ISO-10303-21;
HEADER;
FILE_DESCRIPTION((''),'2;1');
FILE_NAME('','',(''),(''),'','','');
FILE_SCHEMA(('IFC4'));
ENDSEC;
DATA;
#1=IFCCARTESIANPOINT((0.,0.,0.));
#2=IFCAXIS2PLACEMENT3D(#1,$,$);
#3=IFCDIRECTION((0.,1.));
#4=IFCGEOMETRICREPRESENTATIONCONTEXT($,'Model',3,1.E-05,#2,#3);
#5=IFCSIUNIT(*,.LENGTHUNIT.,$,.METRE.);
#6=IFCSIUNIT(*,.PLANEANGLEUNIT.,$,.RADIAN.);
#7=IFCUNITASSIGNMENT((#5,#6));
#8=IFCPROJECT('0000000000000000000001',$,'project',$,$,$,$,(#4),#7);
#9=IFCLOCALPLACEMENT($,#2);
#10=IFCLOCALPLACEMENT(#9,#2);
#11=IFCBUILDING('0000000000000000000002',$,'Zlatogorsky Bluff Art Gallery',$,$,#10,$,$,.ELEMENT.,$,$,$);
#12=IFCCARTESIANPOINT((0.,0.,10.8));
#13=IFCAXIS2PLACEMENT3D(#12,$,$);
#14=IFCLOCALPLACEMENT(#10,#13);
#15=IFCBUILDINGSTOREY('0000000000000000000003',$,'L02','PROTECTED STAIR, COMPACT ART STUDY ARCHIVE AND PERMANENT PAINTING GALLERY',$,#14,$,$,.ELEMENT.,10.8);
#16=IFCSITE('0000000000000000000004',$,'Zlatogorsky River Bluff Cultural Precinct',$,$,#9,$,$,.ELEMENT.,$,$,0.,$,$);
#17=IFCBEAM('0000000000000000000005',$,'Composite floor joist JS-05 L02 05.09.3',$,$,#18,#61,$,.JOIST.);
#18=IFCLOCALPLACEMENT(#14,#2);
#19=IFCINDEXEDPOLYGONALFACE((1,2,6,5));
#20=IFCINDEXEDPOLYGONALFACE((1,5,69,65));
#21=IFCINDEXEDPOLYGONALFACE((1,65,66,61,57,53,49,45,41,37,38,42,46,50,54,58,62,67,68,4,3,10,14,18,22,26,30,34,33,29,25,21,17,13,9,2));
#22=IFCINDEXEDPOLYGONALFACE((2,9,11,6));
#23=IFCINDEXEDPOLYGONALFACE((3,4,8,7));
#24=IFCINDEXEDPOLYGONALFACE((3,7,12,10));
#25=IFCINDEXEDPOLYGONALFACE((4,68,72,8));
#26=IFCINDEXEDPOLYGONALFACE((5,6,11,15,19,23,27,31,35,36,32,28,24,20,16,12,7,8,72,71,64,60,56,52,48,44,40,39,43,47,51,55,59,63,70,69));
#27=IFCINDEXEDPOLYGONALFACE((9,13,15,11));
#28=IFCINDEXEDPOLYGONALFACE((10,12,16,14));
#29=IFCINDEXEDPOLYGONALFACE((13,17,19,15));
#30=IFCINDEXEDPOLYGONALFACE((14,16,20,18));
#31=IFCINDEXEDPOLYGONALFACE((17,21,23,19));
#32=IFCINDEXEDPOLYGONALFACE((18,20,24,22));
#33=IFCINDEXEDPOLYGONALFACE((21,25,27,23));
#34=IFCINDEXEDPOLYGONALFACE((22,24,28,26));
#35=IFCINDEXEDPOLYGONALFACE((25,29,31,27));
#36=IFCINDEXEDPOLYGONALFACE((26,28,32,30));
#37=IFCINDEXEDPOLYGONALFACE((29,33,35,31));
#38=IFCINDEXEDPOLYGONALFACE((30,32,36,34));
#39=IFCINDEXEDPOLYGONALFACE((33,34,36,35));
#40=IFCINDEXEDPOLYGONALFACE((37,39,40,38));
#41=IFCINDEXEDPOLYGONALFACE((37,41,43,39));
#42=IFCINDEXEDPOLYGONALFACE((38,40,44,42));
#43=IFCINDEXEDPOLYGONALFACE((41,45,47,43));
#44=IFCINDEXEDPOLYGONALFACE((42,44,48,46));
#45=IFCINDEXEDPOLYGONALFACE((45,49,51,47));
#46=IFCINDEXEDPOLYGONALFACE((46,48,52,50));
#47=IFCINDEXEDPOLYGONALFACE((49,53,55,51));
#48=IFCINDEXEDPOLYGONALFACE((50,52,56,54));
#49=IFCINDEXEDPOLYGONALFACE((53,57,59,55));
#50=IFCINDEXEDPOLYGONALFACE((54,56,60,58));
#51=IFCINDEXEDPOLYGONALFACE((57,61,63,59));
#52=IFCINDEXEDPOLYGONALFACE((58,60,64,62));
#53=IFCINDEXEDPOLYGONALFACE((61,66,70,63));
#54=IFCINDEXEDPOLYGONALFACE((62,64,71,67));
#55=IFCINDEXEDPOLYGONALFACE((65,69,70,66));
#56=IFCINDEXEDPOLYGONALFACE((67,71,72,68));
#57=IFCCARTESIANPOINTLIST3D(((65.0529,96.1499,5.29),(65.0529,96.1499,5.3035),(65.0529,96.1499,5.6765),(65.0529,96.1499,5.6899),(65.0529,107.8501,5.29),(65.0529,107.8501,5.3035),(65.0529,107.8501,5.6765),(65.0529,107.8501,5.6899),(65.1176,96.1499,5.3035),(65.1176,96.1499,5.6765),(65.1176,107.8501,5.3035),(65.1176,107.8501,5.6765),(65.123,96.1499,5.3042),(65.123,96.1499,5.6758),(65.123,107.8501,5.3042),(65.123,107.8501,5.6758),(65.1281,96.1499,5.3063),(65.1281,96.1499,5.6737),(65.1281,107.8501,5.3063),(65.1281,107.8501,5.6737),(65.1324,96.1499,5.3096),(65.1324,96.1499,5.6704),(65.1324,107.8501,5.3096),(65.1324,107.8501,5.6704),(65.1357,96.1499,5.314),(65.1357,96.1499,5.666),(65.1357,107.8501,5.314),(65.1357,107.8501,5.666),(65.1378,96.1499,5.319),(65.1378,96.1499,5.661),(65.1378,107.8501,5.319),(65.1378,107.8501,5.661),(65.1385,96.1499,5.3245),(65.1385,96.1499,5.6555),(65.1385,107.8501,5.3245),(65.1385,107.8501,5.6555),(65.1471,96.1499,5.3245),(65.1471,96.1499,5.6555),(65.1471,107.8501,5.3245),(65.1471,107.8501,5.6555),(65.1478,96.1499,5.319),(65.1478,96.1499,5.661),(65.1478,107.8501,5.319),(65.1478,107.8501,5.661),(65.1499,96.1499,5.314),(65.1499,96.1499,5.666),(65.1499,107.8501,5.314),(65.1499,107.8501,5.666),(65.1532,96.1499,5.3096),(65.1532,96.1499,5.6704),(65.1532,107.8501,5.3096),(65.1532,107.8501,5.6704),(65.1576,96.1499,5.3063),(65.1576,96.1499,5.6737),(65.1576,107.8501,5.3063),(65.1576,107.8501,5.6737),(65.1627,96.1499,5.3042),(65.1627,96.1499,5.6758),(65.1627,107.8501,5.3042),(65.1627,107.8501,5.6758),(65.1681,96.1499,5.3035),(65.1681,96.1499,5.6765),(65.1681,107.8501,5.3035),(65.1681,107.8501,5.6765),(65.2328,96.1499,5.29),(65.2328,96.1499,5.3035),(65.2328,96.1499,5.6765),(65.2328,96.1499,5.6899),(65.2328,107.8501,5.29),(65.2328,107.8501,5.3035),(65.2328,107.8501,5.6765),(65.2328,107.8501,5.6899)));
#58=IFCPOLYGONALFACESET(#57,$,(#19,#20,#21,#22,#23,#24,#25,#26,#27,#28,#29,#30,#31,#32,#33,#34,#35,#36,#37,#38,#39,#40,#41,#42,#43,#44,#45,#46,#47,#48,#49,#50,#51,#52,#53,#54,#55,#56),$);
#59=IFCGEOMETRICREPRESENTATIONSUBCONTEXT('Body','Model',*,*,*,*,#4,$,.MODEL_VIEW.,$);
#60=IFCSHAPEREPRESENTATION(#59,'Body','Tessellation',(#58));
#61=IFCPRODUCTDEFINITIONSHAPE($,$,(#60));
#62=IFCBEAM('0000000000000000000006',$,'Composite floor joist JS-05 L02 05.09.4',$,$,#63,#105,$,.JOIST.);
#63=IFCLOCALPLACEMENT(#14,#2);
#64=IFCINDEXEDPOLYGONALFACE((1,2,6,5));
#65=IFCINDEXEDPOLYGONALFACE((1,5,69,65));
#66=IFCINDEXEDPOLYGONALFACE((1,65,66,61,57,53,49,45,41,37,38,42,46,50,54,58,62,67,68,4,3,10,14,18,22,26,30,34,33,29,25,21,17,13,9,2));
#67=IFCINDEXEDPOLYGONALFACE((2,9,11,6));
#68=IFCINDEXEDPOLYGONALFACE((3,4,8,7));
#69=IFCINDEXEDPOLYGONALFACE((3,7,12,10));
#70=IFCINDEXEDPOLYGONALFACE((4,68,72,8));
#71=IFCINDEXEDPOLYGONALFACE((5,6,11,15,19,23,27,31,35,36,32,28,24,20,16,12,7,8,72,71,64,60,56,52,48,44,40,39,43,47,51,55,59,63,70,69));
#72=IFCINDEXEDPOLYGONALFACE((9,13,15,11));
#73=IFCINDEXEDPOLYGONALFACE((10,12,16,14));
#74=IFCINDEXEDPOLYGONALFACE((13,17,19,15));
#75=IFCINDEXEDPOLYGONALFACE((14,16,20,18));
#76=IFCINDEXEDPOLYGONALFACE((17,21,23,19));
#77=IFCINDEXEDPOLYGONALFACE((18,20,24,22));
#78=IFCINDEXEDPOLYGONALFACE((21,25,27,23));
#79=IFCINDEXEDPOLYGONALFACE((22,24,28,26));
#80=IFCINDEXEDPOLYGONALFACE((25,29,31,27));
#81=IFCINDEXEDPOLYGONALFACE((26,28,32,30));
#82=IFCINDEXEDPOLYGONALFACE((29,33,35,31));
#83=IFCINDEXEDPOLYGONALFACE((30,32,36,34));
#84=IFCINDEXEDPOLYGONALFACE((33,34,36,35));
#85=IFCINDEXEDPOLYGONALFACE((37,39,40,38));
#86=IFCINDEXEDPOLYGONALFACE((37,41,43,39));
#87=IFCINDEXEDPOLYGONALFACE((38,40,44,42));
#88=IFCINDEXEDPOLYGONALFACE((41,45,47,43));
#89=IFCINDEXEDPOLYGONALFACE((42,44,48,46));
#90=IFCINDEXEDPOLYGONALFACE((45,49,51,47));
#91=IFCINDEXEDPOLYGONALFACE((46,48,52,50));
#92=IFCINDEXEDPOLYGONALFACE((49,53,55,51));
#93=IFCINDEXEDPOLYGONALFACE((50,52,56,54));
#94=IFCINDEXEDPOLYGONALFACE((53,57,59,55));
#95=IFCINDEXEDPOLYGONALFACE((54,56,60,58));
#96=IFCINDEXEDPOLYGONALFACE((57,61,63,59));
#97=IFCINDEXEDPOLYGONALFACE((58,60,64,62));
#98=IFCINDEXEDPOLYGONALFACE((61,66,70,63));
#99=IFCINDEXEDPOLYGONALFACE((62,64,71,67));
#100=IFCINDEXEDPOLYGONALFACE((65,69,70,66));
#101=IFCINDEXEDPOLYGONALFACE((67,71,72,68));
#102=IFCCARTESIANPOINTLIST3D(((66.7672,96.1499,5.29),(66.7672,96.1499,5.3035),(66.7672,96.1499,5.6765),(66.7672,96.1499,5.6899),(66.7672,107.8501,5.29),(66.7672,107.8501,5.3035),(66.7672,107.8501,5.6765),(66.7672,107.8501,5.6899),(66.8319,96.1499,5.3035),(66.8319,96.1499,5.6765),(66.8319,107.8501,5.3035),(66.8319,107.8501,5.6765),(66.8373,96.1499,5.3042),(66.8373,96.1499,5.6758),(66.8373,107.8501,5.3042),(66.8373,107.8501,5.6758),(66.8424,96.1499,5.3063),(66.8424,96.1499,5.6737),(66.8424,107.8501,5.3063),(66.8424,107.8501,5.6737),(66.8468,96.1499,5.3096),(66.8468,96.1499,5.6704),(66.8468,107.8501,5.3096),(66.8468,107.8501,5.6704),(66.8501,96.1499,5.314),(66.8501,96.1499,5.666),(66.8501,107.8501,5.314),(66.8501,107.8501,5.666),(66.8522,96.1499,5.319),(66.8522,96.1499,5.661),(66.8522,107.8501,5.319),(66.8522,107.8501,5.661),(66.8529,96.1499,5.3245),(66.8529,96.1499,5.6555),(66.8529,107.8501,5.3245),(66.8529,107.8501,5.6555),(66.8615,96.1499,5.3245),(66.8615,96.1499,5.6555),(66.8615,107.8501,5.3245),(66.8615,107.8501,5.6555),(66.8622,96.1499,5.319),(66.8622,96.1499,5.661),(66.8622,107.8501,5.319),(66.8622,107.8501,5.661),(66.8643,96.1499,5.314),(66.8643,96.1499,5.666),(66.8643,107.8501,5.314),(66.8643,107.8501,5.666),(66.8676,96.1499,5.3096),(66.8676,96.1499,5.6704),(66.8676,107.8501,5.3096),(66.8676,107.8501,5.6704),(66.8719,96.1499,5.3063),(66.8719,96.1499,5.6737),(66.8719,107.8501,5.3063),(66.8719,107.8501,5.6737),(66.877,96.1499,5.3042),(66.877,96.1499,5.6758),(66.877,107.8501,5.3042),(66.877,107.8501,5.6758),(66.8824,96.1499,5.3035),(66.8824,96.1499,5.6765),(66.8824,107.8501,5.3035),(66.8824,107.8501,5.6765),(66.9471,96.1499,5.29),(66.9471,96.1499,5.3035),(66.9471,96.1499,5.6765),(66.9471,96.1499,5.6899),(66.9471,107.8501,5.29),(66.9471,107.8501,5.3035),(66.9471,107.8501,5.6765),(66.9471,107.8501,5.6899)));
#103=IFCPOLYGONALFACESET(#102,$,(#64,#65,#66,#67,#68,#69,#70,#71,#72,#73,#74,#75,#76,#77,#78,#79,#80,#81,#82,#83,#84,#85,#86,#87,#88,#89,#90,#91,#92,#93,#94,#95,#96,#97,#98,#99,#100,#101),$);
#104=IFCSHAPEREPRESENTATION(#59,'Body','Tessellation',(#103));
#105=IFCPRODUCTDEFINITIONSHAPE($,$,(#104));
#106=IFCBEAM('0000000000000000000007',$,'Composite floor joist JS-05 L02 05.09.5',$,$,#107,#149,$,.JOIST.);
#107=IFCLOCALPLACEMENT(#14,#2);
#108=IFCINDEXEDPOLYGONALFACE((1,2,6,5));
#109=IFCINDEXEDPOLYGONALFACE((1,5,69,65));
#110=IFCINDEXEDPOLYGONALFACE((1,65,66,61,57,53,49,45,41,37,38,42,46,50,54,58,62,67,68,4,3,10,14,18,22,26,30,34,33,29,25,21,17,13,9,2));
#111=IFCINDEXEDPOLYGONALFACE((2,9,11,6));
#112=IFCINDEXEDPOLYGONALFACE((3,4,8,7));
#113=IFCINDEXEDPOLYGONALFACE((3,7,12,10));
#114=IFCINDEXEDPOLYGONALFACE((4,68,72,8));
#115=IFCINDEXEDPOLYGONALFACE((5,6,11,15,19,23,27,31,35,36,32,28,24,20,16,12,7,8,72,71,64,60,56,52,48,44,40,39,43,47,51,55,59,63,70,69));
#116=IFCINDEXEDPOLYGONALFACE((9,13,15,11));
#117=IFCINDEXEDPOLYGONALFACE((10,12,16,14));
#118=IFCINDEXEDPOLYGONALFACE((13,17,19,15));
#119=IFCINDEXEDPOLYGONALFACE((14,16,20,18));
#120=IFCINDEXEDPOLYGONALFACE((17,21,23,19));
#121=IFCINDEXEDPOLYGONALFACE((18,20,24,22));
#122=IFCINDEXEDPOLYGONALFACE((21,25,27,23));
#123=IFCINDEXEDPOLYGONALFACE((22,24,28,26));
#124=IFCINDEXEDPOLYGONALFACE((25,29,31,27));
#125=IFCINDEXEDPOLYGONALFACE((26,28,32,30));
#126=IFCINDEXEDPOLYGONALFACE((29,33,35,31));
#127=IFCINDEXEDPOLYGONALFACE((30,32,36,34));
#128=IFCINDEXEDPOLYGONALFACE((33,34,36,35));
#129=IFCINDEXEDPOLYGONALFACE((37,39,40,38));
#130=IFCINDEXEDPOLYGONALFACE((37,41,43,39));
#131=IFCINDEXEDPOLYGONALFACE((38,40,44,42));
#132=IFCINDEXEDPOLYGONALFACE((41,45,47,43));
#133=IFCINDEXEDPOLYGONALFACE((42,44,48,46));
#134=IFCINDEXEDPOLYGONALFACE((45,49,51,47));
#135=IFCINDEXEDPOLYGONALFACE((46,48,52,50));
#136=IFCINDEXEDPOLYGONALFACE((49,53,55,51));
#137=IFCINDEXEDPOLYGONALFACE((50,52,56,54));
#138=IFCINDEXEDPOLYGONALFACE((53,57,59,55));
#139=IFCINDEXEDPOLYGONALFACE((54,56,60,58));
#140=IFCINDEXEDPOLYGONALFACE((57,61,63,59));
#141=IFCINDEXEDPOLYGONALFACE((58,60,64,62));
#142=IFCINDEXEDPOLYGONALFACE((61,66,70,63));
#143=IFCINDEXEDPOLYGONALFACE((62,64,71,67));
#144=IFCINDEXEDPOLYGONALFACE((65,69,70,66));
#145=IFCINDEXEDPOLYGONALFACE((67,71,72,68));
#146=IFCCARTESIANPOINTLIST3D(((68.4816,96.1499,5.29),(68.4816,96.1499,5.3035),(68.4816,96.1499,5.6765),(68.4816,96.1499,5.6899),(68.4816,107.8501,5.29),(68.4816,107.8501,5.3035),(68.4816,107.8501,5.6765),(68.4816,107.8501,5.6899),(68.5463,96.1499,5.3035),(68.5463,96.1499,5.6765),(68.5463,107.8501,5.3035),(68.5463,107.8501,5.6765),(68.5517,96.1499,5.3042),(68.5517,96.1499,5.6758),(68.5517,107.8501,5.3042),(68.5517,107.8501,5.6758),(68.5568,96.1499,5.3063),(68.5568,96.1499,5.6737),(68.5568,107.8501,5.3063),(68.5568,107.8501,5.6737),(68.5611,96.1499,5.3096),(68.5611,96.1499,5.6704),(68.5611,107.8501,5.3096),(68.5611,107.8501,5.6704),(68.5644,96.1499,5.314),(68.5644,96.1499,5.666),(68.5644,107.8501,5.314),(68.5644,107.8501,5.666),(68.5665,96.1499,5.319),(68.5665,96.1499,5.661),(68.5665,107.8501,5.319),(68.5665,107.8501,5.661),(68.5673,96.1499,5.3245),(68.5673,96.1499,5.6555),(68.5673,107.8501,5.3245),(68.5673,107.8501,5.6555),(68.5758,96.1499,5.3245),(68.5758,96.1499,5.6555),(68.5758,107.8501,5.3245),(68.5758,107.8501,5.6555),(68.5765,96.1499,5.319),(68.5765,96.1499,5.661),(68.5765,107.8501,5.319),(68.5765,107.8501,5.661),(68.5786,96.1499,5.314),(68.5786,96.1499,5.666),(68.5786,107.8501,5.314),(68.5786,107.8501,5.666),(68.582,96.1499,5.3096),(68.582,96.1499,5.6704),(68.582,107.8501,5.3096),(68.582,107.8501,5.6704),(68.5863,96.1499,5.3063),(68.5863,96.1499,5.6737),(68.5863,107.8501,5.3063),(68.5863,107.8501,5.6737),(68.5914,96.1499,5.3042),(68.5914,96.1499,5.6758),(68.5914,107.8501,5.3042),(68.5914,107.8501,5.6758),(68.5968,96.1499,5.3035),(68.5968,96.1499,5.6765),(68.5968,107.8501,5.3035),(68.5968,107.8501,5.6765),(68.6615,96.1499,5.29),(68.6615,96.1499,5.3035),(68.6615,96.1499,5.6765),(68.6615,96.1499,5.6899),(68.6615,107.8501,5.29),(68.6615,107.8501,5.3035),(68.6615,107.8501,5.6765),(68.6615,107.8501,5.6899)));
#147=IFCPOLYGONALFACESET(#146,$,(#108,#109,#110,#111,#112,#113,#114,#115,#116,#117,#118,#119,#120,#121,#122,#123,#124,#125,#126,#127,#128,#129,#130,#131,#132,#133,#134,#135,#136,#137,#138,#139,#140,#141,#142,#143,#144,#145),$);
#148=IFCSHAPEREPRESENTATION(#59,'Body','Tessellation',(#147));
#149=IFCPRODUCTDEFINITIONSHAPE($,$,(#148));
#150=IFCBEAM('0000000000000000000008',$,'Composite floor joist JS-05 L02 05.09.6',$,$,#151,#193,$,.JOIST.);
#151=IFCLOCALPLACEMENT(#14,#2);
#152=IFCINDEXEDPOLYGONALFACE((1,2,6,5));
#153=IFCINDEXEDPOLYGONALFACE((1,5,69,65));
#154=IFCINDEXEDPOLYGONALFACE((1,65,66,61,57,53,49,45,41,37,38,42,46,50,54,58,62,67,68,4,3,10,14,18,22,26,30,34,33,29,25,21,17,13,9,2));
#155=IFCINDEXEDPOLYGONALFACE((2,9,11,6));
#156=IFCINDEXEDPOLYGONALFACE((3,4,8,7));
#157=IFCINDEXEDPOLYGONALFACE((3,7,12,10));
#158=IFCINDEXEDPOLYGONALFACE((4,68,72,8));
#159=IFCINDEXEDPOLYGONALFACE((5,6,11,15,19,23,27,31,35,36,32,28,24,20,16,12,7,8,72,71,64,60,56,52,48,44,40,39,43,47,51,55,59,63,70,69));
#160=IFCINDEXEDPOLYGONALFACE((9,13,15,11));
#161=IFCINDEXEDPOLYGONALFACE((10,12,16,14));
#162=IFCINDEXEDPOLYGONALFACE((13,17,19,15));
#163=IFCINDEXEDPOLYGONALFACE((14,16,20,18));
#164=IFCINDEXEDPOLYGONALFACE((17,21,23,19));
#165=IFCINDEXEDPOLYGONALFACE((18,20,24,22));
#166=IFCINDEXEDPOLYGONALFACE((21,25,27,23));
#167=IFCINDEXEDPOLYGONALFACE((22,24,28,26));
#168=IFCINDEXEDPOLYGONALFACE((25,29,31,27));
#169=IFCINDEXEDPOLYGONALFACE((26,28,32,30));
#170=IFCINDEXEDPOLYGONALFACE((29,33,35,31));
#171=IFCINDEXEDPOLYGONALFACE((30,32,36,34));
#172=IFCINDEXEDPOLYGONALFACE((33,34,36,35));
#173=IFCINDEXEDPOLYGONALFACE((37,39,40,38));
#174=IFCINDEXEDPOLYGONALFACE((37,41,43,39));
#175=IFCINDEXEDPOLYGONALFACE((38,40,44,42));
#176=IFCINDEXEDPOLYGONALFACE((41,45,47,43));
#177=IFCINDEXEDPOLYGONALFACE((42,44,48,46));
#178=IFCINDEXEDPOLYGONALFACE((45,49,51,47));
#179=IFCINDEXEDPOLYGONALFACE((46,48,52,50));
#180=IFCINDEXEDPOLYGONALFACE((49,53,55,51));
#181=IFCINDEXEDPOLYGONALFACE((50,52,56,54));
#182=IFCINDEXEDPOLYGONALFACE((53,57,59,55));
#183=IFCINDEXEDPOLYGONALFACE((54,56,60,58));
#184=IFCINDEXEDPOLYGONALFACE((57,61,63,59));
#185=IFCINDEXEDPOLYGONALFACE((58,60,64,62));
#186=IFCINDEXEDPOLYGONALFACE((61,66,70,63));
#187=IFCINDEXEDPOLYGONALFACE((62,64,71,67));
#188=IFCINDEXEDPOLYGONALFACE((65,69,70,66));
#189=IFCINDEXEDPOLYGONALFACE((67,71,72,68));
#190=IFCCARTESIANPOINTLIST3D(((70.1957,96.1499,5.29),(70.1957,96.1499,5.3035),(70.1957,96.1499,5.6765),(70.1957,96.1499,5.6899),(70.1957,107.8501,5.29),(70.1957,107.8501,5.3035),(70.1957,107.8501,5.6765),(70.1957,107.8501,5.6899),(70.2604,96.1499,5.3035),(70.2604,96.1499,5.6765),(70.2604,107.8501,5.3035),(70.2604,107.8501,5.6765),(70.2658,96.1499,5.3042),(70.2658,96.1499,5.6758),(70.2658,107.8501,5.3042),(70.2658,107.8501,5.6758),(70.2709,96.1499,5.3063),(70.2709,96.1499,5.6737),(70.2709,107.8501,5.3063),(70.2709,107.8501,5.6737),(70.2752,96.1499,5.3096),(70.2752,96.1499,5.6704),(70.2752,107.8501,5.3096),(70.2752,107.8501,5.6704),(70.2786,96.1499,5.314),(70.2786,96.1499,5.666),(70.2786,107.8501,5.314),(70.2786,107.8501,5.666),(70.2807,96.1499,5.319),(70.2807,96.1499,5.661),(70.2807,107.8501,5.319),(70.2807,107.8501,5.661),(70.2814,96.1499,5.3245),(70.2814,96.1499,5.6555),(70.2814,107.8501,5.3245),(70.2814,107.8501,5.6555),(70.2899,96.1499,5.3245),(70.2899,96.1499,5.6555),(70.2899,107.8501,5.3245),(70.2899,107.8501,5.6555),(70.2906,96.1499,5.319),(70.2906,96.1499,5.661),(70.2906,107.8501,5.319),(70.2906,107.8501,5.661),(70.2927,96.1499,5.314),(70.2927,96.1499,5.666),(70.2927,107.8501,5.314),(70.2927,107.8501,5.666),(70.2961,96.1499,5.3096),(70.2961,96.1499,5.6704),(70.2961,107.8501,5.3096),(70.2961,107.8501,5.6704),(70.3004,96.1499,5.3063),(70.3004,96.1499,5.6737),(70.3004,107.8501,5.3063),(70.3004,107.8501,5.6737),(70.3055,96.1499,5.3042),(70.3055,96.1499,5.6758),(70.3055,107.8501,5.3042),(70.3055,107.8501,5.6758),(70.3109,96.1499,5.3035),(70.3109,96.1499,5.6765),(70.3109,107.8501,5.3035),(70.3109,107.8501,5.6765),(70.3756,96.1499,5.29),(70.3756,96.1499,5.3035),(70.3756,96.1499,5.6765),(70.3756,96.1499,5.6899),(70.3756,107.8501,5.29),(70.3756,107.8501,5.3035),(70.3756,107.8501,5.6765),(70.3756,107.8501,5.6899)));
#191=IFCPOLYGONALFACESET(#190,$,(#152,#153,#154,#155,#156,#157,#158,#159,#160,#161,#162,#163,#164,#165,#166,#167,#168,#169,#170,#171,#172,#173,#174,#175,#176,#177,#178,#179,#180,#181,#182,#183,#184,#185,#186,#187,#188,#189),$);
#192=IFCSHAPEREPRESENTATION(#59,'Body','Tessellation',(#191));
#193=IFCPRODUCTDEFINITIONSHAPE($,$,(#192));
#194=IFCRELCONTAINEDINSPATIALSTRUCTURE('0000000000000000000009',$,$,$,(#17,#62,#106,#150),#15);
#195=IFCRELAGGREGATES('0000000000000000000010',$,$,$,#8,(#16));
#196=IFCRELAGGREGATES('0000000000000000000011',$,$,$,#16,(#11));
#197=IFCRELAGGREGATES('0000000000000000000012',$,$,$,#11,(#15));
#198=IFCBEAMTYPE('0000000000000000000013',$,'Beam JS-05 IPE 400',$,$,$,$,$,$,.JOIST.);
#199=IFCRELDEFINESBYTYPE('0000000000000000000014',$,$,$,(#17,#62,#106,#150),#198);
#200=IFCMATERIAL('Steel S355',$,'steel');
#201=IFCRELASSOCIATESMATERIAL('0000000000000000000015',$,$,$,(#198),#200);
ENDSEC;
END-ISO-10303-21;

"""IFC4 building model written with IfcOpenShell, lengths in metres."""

from ifc_helpers import new_model, si_unit, direction, frame, origin, origin_2d, place, context, subcontext, project, spatial, i_section, extrude, material, material_profile, profile_set, type_object, element, save


model = new_model("IFC4")

# Units and contexts
model_context = context("Model", 3, precision=1e-05, world=origin(), true_north=direction((0.0, 1.0)))
body_context = subcontext(model_context, "Body", "Model", "MODEL_VIEW")
ifc_project = project(units=[si_unit("LENGTHUNIT", "METRE"), si_unit("PLANEANGLEUNIT", "RADIAN")], contexts=[model_context])

# Site, building, storey
site_placement = place(None, origin())
site = spatial("IfcSite", under=ifc_project, at=site_placement, Name="Zlatogorsky River Bluff Cultural Precinct", CompositionType="ELEMENT", RefElevation=0.0)
building_placement = place(site_placement, origin())
building = spatial("IfcBuilding", under=site, at=building_placement, Name="Zlatogorsky Bluff Art Gallery", CompositionType="ELEMENT")
storey_placement = place(building_placement, frame((0.0, 0.0, 10.8)))
storey = spatial("IfcBuildingStorey", under=building, at=storey_placement, Name="L02", Description="PROTECTED STAIR, COMPACT ART STUDY ARCHIVE AND PERMANENT PAINTING GALLERY", CompositionType="ELEMENT", Elevation=10.8)

# Shared definitions
ifc_material = material(Name="Steel S355", Category="steel")

# Beams
ifc_material_profile_1 = material_profile(ifc_material, i_section(OverallWidth=0.1799, OverallDepth=0.3999, WebThickness=0.0085, FlangeThickness=0.0134, FilletRadius=0.021, at=origin_2d()), Name="IPE 400")
ifc_profile_set_1 = profile_set([ifc_material_profile_1], Name="Steel S355")
beam_type_1 = type_object("IfcBeamType", Name="Beam JS-05 IPE 400", PredefinedType="JOIST", material=ifc_profile_set_1)
for number, where, z_axis, x_axis, name in (
    (1, (65.1428, 96.1499, 5.49), (0.0, 1.0, 0.0), (-1.0, 0.0, 0.0), "Composite floor joist JS-05 L02 05.09.3"),
    (2, (66.8572, 96.1499, 5.49), (0.0, 1.0, 0.0), (-1.0, 0.0, 0.0), "Composite floor joist JS-05 L02 05.09.4"),
    (3, (68.5715, 96.1499, 5.49), (0.0, 1.0, 0.0), (-1.0, 0.0, 0.0), "Composite floor joist JS-05 L02 05.09.5"),
    (4, (70.2856, 96.1499, 5.49), (0.0, 1.0, 0.0), (-1.0, 0.0, 0.0), "Composite floor joist JS-05 L02 05.09.6"),
):
    element("IfcBeam", number, at=place(storey_placement, frame(where, z_axis=z_axis, x_axis=x_axis)), inside=storey, type_object=beam_type_1, Name=name, PredefinedType="JOIST", context=body_context, shape_type="SweptSolid", body=[
        extrude(i_section(OverallWidth=0.1799, OverallDepth=0.3999, WebThickness=0.0085, FlangeThickness=0.0134, FilletRadius=0.021, at=origin_2d()), origin(), (0.0, 0.0, 1.0), 11.7002),
    ])

save(model, "model.ifc")
